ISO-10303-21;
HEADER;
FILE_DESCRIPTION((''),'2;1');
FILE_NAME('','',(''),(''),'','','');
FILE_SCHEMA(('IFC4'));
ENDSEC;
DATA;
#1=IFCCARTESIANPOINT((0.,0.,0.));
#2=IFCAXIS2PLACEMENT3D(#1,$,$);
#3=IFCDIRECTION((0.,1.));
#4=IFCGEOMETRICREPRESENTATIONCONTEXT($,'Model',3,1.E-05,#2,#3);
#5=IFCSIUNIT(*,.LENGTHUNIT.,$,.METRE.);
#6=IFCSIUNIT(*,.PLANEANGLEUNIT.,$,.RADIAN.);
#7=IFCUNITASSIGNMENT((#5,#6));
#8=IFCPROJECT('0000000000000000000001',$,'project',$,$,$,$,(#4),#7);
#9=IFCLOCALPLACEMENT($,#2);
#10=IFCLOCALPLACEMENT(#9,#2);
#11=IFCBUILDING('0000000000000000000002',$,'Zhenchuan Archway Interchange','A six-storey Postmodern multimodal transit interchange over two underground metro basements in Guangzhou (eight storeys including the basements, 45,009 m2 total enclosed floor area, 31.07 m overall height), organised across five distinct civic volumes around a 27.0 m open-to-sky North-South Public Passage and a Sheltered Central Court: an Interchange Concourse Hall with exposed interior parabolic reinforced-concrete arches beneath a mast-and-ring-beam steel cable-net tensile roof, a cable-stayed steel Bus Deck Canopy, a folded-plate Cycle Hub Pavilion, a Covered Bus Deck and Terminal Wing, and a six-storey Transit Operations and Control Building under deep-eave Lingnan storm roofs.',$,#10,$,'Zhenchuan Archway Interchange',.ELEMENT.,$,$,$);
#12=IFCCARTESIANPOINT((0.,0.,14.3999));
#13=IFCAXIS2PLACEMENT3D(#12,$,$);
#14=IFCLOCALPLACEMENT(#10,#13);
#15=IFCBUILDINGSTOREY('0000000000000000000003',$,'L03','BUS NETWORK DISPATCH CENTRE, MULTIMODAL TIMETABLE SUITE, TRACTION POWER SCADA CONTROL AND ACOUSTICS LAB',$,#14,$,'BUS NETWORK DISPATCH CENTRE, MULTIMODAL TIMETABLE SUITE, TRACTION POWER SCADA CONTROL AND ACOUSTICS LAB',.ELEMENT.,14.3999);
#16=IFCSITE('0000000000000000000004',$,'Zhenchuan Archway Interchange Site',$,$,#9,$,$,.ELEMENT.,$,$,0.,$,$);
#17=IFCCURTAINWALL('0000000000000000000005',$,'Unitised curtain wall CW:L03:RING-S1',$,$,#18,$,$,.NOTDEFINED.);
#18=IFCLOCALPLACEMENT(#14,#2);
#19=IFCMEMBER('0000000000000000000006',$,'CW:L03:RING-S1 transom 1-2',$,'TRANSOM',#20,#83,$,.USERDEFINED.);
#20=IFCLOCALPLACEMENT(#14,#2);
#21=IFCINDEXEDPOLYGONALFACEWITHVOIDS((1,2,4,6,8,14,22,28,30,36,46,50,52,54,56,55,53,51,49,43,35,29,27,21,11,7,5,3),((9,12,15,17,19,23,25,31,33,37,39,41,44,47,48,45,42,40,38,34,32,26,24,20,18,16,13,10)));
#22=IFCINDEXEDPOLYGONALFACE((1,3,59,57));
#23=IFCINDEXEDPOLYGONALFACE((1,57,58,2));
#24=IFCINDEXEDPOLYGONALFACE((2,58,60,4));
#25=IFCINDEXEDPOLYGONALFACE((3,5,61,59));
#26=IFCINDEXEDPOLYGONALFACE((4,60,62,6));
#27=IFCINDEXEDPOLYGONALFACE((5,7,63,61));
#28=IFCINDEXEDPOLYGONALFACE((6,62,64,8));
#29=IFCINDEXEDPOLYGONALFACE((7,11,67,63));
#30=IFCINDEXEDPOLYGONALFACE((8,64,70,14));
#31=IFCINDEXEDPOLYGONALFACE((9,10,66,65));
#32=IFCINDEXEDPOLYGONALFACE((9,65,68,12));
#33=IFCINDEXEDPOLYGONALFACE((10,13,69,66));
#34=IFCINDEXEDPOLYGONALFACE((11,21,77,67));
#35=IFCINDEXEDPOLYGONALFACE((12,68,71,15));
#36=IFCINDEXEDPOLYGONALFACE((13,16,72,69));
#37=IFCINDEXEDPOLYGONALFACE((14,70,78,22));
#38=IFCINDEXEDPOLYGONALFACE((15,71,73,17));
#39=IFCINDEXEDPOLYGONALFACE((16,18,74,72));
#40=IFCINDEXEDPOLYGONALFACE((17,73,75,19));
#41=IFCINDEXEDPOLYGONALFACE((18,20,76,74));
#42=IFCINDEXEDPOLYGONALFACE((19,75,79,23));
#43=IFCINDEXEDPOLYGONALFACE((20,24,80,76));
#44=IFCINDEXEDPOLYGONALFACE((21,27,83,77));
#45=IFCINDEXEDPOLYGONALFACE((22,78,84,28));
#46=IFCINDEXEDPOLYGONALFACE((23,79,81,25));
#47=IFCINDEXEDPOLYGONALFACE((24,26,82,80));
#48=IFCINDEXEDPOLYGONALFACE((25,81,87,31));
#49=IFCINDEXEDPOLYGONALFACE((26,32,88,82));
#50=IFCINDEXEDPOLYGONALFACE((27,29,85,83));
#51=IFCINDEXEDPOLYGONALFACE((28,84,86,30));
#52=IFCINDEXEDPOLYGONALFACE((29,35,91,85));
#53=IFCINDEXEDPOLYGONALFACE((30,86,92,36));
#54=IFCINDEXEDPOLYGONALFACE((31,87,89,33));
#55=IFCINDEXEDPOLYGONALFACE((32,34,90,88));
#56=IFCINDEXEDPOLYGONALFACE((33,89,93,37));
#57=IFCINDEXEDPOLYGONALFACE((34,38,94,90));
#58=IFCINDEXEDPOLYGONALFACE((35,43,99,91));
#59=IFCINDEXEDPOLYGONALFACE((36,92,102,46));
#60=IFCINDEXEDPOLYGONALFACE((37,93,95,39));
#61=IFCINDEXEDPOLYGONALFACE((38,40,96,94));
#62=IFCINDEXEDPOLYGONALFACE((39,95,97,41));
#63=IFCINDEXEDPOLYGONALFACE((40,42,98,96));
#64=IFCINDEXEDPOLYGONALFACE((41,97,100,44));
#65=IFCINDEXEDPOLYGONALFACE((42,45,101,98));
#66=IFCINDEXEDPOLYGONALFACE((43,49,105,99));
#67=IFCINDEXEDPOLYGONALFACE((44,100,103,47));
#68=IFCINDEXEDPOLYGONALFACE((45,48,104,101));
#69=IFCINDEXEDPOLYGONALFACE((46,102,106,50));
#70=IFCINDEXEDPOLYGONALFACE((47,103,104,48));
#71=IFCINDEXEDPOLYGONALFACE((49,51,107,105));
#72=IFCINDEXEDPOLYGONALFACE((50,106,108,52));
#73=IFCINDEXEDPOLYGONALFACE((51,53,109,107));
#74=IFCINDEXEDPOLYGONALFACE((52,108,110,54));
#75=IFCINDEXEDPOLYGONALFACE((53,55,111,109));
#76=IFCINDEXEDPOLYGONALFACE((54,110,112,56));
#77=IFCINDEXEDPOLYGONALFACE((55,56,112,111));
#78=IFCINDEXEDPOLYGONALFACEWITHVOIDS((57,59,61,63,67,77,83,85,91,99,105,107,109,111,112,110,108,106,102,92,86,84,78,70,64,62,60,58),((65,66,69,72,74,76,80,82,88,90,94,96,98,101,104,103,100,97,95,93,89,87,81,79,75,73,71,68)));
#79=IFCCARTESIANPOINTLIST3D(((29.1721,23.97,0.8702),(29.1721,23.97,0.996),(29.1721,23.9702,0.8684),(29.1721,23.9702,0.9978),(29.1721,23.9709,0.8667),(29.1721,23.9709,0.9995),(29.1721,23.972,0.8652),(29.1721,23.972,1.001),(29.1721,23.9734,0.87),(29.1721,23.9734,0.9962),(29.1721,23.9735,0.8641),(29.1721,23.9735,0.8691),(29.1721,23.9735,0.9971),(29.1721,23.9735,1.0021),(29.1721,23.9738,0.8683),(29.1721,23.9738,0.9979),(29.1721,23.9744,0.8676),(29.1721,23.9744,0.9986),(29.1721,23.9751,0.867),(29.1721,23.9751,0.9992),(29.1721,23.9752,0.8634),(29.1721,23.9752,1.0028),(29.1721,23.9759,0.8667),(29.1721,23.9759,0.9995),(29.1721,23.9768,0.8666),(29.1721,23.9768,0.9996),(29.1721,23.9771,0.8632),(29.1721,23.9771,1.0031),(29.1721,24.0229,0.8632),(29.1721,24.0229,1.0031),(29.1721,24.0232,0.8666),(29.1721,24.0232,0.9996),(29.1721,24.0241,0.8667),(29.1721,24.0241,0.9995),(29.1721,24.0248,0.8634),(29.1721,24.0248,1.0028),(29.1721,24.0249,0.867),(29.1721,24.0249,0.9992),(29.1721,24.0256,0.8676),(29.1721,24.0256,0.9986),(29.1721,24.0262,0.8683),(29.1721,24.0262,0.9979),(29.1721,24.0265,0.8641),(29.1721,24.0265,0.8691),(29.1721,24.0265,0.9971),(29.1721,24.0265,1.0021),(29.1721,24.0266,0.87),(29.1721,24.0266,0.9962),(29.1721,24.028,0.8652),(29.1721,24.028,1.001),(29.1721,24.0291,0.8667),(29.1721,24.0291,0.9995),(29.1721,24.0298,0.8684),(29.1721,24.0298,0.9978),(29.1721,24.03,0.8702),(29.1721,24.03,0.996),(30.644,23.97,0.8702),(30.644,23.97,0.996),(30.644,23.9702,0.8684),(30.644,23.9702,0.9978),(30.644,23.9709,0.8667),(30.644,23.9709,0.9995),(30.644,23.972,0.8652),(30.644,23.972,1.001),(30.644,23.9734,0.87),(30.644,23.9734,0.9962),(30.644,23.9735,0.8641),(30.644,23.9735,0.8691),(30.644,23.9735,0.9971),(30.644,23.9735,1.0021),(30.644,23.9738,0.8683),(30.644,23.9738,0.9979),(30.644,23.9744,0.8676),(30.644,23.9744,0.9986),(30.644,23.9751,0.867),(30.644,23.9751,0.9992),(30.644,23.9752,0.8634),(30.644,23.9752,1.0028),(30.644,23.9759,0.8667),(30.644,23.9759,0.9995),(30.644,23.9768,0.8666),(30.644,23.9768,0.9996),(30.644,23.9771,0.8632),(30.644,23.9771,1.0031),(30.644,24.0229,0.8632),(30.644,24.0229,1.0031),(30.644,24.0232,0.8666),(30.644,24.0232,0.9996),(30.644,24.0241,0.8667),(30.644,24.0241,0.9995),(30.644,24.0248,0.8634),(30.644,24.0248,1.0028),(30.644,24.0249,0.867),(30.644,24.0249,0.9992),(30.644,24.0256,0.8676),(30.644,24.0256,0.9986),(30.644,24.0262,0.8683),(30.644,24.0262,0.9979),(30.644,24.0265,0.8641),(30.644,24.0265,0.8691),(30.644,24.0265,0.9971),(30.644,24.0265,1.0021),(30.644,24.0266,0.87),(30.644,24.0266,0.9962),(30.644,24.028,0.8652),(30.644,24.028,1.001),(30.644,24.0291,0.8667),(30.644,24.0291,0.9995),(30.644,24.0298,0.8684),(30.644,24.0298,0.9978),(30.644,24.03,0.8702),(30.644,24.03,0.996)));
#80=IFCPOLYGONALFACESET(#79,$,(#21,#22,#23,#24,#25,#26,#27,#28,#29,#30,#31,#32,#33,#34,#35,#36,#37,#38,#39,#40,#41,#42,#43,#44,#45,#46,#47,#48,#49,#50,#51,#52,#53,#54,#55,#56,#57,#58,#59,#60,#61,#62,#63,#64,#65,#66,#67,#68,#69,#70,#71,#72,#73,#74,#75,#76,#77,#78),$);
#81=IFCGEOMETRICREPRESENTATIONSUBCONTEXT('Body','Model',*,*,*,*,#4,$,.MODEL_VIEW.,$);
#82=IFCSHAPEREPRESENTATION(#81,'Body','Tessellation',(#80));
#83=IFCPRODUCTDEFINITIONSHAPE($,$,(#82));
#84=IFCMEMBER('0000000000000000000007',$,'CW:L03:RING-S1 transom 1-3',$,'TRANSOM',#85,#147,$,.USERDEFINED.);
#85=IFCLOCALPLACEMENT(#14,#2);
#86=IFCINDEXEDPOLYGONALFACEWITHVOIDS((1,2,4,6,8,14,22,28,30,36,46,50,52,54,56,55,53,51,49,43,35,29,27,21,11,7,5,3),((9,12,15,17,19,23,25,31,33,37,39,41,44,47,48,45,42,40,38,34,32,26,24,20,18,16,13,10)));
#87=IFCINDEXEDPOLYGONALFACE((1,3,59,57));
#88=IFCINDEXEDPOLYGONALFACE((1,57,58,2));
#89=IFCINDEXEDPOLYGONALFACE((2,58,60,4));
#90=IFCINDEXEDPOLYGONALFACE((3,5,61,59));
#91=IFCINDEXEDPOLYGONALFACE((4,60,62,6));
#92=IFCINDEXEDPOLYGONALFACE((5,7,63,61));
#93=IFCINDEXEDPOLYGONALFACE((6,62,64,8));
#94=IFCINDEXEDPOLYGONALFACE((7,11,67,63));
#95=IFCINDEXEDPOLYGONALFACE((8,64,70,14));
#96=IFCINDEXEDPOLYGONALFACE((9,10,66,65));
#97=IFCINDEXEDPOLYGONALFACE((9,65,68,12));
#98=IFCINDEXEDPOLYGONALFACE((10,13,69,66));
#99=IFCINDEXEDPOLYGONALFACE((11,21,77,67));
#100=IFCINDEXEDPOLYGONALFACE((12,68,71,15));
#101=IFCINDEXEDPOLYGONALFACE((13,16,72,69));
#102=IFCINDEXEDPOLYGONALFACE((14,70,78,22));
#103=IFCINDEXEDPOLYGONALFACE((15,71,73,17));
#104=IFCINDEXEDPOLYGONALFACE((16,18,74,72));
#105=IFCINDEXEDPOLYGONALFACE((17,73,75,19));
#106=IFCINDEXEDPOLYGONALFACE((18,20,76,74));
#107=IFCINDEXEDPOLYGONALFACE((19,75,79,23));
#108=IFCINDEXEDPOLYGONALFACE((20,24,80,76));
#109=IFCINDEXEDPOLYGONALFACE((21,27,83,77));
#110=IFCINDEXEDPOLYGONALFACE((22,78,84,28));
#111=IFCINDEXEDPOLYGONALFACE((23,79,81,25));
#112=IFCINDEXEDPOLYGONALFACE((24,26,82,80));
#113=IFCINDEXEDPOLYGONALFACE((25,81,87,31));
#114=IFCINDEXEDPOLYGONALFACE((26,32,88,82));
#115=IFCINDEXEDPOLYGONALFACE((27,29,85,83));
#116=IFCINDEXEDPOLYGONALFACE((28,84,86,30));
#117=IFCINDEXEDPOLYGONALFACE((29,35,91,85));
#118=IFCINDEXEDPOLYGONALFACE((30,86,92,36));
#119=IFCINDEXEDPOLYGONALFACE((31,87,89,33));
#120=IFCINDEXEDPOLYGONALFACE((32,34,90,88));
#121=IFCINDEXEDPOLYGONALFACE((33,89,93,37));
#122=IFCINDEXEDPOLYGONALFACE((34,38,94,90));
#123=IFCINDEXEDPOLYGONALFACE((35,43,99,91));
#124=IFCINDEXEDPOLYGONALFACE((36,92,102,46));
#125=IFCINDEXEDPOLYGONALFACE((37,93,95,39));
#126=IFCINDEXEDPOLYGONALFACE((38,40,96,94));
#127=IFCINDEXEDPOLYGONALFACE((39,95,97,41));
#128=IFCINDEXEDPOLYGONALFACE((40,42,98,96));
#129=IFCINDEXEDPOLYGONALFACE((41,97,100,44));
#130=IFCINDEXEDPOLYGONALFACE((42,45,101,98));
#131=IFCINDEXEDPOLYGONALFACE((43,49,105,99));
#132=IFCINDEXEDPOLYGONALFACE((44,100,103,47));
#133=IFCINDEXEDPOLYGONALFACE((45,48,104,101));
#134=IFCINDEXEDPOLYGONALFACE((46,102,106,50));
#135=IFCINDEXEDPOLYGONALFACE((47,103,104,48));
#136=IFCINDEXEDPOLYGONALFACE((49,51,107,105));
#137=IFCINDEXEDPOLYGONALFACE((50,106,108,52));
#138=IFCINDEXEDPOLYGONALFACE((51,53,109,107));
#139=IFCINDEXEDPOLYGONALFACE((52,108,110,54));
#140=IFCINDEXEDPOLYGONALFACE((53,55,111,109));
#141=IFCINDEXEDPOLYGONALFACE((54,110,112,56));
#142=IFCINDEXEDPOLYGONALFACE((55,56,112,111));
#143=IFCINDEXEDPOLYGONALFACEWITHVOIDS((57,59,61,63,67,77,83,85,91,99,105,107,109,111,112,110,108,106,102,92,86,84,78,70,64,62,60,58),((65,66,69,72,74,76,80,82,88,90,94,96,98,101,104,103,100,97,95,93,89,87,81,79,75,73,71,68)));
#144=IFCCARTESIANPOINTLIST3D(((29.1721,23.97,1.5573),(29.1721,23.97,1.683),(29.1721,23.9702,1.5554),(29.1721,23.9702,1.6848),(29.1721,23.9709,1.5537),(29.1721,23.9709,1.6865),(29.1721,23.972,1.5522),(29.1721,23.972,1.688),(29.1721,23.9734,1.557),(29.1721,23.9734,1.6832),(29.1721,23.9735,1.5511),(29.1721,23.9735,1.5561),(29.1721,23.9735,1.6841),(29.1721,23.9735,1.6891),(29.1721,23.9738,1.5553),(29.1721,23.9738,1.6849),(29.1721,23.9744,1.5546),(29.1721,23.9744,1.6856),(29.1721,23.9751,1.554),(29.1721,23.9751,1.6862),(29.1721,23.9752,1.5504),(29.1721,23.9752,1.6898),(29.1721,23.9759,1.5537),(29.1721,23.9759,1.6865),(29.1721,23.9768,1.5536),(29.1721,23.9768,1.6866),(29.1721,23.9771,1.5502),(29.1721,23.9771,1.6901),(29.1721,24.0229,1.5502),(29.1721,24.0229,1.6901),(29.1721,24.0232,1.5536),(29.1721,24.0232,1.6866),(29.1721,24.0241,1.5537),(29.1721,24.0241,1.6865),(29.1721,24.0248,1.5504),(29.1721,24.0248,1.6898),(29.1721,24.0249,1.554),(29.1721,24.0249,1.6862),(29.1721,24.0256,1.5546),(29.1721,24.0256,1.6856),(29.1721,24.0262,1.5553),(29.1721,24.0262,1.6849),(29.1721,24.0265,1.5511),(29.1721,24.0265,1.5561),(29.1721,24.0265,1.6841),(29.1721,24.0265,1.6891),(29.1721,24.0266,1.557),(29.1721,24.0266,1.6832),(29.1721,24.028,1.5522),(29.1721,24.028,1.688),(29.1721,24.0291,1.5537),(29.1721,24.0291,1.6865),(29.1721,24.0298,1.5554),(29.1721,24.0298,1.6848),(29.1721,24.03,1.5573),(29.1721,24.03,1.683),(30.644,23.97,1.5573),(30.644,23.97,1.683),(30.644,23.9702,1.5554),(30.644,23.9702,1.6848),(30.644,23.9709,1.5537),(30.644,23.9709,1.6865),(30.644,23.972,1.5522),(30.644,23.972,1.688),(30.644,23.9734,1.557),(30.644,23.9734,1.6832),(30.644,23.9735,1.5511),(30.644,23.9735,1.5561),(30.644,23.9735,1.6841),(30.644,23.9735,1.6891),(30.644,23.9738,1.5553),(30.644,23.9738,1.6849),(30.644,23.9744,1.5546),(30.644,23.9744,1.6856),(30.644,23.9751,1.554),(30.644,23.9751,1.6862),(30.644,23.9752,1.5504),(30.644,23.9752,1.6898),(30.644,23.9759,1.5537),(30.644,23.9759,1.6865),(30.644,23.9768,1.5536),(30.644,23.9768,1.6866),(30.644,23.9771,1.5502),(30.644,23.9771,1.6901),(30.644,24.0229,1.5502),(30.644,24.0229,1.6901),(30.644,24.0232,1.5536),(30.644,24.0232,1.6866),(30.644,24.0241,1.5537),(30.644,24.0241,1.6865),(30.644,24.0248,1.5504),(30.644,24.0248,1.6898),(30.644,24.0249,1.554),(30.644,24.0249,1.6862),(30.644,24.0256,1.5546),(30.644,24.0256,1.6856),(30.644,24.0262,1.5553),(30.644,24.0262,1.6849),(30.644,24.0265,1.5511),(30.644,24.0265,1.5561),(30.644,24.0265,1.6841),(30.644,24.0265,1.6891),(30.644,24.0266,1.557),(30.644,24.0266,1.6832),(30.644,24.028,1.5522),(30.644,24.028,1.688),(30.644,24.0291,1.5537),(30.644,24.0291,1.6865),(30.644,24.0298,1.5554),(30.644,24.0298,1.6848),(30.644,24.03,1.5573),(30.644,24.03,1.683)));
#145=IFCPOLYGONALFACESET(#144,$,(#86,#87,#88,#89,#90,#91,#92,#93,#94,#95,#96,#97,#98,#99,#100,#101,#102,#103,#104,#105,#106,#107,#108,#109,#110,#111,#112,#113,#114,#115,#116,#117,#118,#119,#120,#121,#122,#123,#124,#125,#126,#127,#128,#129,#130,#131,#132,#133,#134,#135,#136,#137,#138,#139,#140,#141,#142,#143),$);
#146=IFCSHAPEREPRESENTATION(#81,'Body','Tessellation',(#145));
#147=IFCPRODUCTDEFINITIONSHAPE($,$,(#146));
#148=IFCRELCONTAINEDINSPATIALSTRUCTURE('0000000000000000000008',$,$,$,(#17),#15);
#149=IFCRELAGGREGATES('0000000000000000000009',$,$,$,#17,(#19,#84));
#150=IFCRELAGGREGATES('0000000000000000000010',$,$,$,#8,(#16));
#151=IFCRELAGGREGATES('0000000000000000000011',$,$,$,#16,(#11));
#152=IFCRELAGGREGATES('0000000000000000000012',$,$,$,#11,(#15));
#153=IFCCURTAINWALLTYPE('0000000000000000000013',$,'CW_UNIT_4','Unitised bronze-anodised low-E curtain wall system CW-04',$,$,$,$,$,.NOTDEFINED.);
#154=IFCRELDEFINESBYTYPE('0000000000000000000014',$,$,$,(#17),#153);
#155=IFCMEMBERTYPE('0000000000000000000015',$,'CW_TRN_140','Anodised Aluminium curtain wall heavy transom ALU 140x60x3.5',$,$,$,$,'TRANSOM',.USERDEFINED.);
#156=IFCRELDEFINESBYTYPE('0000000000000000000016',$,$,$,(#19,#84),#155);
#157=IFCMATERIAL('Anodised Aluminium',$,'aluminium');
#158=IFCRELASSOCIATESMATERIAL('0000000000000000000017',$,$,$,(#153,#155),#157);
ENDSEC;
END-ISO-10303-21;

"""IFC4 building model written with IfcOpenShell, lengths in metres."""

from ifc_helpers import new_model, si_unit, direction, frame, origin, origin_2d, place, context, subcontext, project, spatial, hollow_rectangle, extrude, material, material_profile, profile_set, type_object, element, aggregate, save


model = new_model("IFC4")

# Units and contexts
model_context = context("Model", 3, precision=1e-05, world=origin(), true_north=direction((0.0, 1.0)))
body_context = subcontext(model_context, "Body", "Model", "MODEL_VIEW")
ifc_project = project(units=[si_unit("LENGTHUNIT", "METRE"), si_unit("PLANEANGLEUNIT", "RADIAN")], contexts=[model_context])

# Site, building, storey
site_placement = place(None, origin())
site = spatial("IfcSite", under=ifc_project, at=site_placement, Name="Zhenchuan Archway Interchange Site", CompositionType="ELEMENT", RefElevation=0.0)
building_placement = place(site_placement, origin())
building = spatial("IfcBuilding", under=site, at=building_placement, Name="Zhenchuan Archway Interchange", Description="A six-storey Postmodern multimodal transit interchange over two underground metro basements in Guangzhou (eight storeys including the basements, 45,009 m2 total enclosed floor area, 31.07 m overall height), organised across five distinct civic volumes around a 27.0 m open-to-sky North-South Public Passage and a Sheltered Central Court: an Interchange Concourse Hall with exposed interior parabolic reinforced-concrete arches beneath a mast-and-ring-beam steel cable-net tensile roof, a cable-stayed steel Bus Deck Canopy, a folded-plate Cycle Hub Pavilion, a Covered Bus Deck and Terminal Wing, and a six-storey Transit Operations and Control Building under deep-eave Lingnan storm roofs.", LongName="Zhenchuan Archway Interchange", CompositionType="ELEMENT")
storey_placement = place(building_placement, frame((0.0, 0.0, 14.3999)))
storey = spatial("IfcBuildingStorey", under=building, at=storey_placement, Name="L03", Description="BUS NETWORK DISPATCH CENTRE, MULTIMODAL TIMETABLE SUITE, TRACTION POWER SCADA CONTROL AND ACOUSTICS LAB", LongName="BUS NETWORK DISPATCH CENTRE, MULTIMODAL TIMETABLE SUITE, TRACTION POWER SCADA CONTROL AND ACOUSTICS LAB", CompositionType="ELEMENT", Elevation=14.3999)

# Curtain wall, members
ifc_material_1 = material(Name="Anodised Aluminium", Category="aluminium")
curtain_wall_type = type_object("IfcCurtainWallType", Name="CW_UNIT_4", Description="Unitised bronze-anodised low-E curtain wall system CW-04", PredefinedType="NOTDEFINED", material=ifc_material_1)
curtain_wall_placement = place(storey_placement, origin())
curtain_wall = element("IfcCurtainWall", 1, at=curtain_wall_placement, inside=storey, type_object=curtain_wall_type, Name="Unitised curtain wall CW:L03:RING-S1", PredefinedType="NOTDEFINED")
ifc_material_profile_1 = material_profile(ifc_material_1, hollow_rectangle(XDim=0.0601, YDim=0.1399, WallThickness=0.0034, InnerFilletRadius=0.0034, OuterFilletRadius=0.0071, at=origin_2d()), Name="ALU 140x60x3.5")
ifc_profile_set_1 = profile_set([ifc_material_profile_1], Name="Anodised Aluminium")
member_type_1 = type_object("IfcMemberType", Name="CW_TRN_140", Description="Anodised Aluminium curtain wall heavy transom ALU 140x60x3.5", ElementType="TRANSOM", PredefinedType="USERDEFINED", material=ifc_profile_set_1)
member_1_placement = place(storey_placement, frame((29.1721, 24.0, 0.9331), z_axis=(1.0, 0.0, 0.0), x_axis=(0.0, 1.0, 0.0)))
member_1 = element("IfcMember", 2, at=member_1_placement, type_object=member_type_1, Name="CW:L03:RING-S1 transom 1-2", ObjectType="TRANSOM", PredefinedType="USERDEFINED", context=body_context, shape_type="SweptSolid", body=[
    extrude(hollow_rectangle(XDim=0.0601, YDim=0.1399, WallThickness=0.0034, InnerFilletRadius=0.0034, OuterFilletRadius=0.0071, at=origin_2d()), origin(), (0.0, 0.0, 1.0), 1.4719),
])
member_2_placement = place(storey_placement, frame((29.1721, 24.0, 1.6201), z_axis=(1.0, 0.0, 0.0), x_axis=(0.0, 1.0, 0.0)))
member_2 = element("IfcMember", 3, at=member_2_placement, type_object=member_type_1, Name="CW:L03:RING-S1 transom 1-3", ObjectType="TRANSOM", PredefinedType="USERDEFINED", context=body_context, shape_type="SweptSolid", body=[
    extrude(hollow_rectangle(XDim=0.0601, YDim=0.1399, WallThickness=0.0034, InnerFilletRadius=0.0034, OuterFilletRadius=0.0071, at=origin_2d()), origin(), (0.0, 0.0, 1.0), 1.4719),
])

aggregate(curtain_wall, [member_1, member_2])

save(model, "model.ifc")
